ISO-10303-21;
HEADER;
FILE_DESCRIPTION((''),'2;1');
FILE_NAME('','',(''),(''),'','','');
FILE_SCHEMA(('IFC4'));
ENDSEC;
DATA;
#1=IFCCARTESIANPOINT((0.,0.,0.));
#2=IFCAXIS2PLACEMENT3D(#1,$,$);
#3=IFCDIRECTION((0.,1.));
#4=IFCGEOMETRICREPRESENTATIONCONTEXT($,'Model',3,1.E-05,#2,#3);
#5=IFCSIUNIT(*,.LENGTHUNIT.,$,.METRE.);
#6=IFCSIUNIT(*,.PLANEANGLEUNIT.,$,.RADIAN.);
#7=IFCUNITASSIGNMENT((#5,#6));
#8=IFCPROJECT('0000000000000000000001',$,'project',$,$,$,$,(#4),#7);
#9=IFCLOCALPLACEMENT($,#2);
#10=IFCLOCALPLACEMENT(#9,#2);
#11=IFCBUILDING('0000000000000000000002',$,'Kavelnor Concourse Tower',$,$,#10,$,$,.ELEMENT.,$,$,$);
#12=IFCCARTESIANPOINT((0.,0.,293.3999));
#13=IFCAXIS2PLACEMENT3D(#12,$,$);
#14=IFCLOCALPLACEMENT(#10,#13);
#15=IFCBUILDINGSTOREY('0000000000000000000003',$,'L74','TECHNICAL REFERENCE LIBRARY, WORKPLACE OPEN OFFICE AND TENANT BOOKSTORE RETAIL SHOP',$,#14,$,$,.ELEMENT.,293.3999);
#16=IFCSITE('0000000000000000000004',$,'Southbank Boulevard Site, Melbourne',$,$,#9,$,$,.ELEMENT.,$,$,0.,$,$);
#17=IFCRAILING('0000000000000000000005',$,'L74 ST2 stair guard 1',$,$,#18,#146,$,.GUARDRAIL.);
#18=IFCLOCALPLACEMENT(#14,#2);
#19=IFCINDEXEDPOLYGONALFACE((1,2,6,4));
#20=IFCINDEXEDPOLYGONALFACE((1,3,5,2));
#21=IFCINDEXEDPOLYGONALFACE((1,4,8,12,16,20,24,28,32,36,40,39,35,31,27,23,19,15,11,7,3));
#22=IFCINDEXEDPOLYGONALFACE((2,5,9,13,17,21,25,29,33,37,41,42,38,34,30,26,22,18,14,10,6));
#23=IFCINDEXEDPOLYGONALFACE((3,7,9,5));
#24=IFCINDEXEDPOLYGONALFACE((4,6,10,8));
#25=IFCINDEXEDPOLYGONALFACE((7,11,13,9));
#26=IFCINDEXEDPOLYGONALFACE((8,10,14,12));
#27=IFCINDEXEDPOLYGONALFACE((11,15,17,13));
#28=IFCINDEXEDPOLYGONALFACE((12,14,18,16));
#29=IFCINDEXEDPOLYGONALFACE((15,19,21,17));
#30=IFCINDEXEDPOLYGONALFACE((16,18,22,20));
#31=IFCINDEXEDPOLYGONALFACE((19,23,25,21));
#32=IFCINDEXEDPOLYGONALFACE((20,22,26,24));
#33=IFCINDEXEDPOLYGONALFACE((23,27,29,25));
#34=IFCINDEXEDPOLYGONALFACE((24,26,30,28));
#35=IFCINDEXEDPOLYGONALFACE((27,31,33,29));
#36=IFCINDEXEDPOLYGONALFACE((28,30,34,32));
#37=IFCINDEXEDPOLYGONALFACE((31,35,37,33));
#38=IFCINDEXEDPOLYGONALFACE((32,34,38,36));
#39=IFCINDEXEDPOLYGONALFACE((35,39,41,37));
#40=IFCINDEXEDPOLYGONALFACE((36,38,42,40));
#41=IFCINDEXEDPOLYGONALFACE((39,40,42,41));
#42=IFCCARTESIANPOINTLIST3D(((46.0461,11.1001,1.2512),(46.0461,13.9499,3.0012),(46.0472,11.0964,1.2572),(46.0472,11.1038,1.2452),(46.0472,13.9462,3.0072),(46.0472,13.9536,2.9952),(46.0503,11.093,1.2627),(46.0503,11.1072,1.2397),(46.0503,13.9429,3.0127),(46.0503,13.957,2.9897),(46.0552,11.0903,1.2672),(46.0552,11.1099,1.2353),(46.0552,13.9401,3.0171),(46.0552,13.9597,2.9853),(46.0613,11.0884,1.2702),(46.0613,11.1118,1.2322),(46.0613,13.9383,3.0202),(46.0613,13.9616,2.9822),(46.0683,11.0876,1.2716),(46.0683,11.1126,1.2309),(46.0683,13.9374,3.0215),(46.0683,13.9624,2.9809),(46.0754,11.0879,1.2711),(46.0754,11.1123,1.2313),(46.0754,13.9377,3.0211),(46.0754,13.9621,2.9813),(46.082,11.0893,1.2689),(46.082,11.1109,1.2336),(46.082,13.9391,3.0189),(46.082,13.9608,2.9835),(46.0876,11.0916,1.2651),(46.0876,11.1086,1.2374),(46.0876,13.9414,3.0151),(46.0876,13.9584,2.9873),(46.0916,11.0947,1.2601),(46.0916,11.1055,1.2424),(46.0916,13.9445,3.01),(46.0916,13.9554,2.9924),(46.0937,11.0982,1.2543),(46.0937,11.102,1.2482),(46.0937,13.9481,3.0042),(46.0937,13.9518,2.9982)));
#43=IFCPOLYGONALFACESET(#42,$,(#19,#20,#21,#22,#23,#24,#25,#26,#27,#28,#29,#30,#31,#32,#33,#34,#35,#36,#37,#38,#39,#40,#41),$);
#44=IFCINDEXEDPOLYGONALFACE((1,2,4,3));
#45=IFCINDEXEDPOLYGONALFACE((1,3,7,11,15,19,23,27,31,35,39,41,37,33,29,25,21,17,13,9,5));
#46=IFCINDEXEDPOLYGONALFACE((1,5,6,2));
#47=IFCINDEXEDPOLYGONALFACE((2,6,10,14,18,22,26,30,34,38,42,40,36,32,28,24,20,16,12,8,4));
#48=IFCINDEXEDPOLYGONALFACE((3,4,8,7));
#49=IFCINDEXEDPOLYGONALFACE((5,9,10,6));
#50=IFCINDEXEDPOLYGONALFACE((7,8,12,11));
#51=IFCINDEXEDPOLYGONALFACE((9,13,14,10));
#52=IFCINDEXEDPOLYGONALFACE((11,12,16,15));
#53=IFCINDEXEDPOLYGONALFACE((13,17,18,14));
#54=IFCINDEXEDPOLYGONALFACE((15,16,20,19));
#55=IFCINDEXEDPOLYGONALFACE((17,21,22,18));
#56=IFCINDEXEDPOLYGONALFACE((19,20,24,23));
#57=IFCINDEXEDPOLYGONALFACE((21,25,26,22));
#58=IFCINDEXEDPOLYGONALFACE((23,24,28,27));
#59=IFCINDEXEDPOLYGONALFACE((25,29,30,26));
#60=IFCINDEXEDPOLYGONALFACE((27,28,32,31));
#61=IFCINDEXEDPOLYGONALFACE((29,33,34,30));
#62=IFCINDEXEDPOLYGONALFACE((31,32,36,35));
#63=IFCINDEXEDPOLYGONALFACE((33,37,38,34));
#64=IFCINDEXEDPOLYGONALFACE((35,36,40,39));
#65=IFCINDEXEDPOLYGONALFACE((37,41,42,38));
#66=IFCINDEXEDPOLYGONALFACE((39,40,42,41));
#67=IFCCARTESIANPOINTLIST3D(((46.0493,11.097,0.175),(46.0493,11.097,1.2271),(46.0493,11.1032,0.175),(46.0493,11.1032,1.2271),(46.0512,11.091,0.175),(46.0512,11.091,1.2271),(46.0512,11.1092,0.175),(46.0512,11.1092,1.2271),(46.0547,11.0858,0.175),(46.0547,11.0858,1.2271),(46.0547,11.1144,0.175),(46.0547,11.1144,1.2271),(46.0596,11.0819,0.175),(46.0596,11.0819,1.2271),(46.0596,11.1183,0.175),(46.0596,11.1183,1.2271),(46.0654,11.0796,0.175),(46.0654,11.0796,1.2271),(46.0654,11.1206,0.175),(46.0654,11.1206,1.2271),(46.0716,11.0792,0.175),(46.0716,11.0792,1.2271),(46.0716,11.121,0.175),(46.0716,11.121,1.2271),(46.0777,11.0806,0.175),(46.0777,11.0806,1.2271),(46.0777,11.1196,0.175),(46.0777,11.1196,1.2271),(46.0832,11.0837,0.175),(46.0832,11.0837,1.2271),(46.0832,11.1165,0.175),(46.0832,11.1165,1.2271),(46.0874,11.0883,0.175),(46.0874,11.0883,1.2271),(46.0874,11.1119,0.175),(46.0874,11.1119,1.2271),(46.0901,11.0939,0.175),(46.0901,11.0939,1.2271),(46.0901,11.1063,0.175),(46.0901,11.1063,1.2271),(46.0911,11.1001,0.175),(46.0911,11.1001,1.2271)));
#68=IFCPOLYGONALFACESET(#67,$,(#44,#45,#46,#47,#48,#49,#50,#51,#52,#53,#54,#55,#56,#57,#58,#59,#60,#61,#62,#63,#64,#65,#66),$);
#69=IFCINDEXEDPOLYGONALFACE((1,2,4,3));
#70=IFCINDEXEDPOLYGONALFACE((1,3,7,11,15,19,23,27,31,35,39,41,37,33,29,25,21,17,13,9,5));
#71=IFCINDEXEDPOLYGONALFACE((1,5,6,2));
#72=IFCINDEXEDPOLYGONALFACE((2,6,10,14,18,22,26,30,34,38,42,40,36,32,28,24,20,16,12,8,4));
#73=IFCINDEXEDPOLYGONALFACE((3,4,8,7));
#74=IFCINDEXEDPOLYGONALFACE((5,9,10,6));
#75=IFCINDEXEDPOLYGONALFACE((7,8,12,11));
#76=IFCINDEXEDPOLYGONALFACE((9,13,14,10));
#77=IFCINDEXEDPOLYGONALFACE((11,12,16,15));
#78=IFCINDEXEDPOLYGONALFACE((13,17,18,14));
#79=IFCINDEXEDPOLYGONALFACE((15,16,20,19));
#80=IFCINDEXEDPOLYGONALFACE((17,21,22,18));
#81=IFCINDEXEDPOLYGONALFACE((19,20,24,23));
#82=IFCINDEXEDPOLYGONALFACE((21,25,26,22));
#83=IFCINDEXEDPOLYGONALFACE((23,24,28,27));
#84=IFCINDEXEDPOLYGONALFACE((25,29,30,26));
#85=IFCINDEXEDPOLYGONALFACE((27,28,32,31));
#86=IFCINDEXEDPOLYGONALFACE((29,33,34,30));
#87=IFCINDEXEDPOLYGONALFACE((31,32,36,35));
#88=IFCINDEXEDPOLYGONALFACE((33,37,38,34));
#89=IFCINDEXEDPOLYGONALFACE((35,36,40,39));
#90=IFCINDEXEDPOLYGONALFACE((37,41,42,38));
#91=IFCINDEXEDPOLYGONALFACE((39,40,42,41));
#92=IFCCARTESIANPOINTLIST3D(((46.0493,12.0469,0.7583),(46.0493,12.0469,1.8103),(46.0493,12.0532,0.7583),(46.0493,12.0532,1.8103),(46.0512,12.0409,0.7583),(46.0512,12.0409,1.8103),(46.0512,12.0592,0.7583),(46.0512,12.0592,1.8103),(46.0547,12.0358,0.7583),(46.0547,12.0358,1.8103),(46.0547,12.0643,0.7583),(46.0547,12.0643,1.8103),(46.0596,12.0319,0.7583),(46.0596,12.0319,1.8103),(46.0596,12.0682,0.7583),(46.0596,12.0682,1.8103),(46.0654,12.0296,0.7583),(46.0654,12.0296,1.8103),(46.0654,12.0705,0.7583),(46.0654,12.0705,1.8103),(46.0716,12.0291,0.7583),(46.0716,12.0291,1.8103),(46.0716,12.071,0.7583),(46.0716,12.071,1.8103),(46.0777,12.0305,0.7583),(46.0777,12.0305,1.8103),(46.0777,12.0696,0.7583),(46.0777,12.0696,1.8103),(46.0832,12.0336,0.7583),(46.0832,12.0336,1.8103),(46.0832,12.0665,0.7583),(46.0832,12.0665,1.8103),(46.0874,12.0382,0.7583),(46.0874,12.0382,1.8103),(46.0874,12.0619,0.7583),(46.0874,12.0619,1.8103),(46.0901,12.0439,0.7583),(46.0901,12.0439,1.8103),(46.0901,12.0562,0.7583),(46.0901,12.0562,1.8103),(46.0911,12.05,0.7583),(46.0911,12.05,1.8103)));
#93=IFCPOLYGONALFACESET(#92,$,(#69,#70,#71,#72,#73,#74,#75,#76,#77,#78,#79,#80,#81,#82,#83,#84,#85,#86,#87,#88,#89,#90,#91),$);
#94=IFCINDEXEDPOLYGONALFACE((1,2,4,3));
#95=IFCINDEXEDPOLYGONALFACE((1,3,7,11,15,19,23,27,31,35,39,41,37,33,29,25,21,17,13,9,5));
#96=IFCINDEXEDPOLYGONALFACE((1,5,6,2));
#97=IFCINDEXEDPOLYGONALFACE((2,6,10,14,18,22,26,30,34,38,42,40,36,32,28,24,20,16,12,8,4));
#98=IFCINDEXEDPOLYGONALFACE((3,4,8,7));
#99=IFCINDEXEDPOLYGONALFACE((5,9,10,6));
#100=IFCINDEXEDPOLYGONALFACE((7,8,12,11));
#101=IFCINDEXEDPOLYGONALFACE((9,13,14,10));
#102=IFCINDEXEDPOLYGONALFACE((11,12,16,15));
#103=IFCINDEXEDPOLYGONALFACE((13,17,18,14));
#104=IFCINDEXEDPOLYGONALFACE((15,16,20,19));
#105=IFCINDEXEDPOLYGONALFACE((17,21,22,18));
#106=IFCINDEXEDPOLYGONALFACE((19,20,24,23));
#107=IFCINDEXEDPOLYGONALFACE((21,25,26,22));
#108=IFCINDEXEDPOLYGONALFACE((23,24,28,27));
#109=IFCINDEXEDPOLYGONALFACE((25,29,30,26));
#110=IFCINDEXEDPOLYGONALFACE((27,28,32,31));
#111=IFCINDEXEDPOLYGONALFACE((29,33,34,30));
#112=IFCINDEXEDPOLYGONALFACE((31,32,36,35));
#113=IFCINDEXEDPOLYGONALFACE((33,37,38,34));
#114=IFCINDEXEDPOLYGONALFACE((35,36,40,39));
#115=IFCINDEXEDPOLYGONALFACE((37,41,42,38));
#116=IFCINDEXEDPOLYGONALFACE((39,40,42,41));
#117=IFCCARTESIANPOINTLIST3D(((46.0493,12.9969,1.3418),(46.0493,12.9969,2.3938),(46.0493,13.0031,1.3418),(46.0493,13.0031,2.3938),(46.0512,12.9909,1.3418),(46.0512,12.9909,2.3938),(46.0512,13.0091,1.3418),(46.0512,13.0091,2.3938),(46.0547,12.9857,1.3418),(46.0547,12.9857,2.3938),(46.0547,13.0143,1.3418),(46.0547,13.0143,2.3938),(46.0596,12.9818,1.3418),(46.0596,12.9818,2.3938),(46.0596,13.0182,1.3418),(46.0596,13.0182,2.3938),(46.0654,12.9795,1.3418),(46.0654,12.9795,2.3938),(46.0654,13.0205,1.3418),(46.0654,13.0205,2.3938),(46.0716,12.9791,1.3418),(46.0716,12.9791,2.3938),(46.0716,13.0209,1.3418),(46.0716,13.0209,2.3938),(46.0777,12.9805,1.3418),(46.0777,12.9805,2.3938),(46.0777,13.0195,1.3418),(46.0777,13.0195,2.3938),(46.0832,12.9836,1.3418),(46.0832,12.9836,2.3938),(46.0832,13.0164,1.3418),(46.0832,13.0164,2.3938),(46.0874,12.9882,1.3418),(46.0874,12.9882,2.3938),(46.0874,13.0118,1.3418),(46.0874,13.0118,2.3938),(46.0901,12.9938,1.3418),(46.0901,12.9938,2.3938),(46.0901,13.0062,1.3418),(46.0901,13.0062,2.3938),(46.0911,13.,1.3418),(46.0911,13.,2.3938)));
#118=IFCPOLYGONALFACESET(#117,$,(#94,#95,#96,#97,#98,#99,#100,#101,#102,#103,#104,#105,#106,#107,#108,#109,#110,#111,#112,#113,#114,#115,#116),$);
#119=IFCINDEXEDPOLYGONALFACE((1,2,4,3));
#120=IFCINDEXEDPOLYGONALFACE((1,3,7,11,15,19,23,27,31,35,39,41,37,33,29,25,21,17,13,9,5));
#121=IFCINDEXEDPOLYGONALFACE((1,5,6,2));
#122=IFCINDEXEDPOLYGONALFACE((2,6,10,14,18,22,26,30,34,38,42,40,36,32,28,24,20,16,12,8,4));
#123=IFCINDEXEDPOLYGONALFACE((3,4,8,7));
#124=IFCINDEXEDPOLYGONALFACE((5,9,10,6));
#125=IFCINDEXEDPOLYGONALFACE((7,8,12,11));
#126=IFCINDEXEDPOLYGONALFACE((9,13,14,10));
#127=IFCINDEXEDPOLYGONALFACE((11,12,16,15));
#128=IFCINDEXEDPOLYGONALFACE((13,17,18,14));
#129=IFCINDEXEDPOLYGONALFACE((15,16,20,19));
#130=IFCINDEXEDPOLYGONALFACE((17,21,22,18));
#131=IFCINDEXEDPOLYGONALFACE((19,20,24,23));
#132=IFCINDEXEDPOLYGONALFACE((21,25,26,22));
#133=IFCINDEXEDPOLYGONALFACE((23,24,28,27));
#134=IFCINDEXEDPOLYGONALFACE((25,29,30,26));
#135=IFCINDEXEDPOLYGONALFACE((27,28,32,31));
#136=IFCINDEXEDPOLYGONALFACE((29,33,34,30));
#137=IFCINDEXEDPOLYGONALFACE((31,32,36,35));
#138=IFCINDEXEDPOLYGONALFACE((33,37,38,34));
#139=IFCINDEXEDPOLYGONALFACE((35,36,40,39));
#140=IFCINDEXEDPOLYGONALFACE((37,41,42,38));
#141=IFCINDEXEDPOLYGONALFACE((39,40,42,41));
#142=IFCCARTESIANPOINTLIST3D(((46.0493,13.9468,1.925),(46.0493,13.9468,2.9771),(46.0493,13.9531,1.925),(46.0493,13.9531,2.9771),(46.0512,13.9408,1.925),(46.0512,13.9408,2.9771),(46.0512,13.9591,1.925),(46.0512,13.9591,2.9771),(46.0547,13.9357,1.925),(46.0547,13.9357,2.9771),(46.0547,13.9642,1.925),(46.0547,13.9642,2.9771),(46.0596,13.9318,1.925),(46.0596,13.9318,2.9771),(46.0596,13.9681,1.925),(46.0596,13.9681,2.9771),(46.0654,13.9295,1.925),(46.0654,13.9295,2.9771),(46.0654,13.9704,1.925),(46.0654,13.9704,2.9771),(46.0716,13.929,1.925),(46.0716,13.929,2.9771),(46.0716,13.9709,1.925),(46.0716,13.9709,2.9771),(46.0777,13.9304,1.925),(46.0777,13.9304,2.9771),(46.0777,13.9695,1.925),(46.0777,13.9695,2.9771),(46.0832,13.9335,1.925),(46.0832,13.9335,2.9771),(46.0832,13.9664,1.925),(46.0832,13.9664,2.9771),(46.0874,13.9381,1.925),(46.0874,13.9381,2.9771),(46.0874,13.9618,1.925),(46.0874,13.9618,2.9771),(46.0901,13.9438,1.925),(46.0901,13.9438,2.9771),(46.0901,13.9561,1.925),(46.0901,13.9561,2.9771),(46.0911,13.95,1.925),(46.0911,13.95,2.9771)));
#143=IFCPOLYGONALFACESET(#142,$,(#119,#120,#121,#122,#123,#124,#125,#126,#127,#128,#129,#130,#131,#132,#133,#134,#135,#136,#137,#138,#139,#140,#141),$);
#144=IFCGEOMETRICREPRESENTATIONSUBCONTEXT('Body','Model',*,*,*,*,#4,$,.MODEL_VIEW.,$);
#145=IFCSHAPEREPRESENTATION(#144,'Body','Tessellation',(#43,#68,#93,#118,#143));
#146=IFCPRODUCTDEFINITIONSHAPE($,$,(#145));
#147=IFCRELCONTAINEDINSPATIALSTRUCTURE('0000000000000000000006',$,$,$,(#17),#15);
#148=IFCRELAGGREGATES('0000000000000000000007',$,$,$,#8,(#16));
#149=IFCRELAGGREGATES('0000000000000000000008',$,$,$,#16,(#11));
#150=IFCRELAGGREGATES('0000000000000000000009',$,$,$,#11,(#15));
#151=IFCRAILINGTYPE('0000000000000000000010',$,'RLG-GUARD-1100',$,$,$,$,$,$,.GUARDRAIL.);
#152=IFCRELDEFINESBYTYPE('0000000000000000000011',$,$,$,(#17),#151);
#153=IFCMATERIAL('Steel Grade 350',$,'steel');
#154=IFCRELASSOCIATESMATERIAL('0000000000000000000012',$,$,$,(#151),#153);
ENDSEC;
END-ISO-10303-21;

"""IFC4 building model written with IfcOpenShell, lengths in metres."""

from ifc_helpers import new_model, si_unit, direction, frame, origin, origin_2d, place, context, subcontext, project, spatial, circle, extrude, material, type_object, element, save


model = new_model("IFC4")

# Units and contexts
model_context = context("Model", 3, precision=1e-05, world=origin(), true_north=direction((0.0, 1.0)))
body_context = subcontext(model_context, "Body", "Model", "MODEL_VIEW")
ifc_project = project(units=[si_unit("LENGTHUNIT", "METRE"), si_unit("PLANEANGLEUNIT", "RADIAN")], contexts=[model_context])

# Site, building, storey
site_placement = place(None, origin())
site = spatial("IfcSite", under=ifc_project, at=site_placement, Name="Southbank Boulevard Site, Melbourne", CompositionType="ELEMENT", RefElevation=0.0)
building_placement = place(site_placement, origin())
building = spatial("IfcBuilding", under=site, at=building_placement, Name="Kavelnor Concourse Tower", CompositionType="ELEMENT")
storey_placement = place(building_placement, frame((0.0, 0.0, 293.3999)))
storey = spatial("IfcBuildingStorey", under=building, at=storey_placement, Name="L74", Description="TECHNICAL REFERENCE LIBRARY, WORKPLACE OPEN OFFICE AND TENANT BOOKSTORE RETAIL SHOP", CompositionType="ELEMENT", Elevation=293.3999)

# Shared definitions
ifc_material_1 = material(Name="Steel Grade 350", Category="steel")

# Railing
railing_type_1 = type_object("IfcRailingType", Name="RLG-GUARD-1100", PredefinedType="GUARDRAIL", material=ifc_material_1)
railing_1_placement = place(storey_placement, frame((46.0701, 11.1001, 0.175)))
element("IfcRailing", 1, at=railing_1_placement, inside=storey, type_object=railing_type_1, Name="L74 ST2 stair guard 1", PredefinedType="GUARDRAIL", context=body_context, shape_type="SweptSolid", body=[
    extrude(circle(Radius=0.0239, at=origin_2d()), frame((0.0, 0.0, 1.0762), z_axis=(0.0, 0.852159, 0.523283), x_axis=(-1.0, 0.0, 0.0)), (0.0, 0.0, 1.0), 3.3442),
    extrude(circle(Radius=0.021, at=origin_2d()), origin(), (0.0, 0.0, 1.0), 1.052),
    extrude(circle(Radius=0.021, at=origin_2d()), frame((0.0, 0.95, 0.5833)), (0.0, 0.0, 1.0), 1.052),
    extrude(circle(Radius=0.021, at=origin_2d()), frame((0.0, 1.8999, 1.1667)), (0.0, 0.0, 1.0), 1.052),
    extrude(circle(Radius=0.021, at=origin_2d()), frame((0.0, 2.8499, 1.75)), (0.0, 0.0, 1.0), 1.052),
])

save(model, "model.ifc")
